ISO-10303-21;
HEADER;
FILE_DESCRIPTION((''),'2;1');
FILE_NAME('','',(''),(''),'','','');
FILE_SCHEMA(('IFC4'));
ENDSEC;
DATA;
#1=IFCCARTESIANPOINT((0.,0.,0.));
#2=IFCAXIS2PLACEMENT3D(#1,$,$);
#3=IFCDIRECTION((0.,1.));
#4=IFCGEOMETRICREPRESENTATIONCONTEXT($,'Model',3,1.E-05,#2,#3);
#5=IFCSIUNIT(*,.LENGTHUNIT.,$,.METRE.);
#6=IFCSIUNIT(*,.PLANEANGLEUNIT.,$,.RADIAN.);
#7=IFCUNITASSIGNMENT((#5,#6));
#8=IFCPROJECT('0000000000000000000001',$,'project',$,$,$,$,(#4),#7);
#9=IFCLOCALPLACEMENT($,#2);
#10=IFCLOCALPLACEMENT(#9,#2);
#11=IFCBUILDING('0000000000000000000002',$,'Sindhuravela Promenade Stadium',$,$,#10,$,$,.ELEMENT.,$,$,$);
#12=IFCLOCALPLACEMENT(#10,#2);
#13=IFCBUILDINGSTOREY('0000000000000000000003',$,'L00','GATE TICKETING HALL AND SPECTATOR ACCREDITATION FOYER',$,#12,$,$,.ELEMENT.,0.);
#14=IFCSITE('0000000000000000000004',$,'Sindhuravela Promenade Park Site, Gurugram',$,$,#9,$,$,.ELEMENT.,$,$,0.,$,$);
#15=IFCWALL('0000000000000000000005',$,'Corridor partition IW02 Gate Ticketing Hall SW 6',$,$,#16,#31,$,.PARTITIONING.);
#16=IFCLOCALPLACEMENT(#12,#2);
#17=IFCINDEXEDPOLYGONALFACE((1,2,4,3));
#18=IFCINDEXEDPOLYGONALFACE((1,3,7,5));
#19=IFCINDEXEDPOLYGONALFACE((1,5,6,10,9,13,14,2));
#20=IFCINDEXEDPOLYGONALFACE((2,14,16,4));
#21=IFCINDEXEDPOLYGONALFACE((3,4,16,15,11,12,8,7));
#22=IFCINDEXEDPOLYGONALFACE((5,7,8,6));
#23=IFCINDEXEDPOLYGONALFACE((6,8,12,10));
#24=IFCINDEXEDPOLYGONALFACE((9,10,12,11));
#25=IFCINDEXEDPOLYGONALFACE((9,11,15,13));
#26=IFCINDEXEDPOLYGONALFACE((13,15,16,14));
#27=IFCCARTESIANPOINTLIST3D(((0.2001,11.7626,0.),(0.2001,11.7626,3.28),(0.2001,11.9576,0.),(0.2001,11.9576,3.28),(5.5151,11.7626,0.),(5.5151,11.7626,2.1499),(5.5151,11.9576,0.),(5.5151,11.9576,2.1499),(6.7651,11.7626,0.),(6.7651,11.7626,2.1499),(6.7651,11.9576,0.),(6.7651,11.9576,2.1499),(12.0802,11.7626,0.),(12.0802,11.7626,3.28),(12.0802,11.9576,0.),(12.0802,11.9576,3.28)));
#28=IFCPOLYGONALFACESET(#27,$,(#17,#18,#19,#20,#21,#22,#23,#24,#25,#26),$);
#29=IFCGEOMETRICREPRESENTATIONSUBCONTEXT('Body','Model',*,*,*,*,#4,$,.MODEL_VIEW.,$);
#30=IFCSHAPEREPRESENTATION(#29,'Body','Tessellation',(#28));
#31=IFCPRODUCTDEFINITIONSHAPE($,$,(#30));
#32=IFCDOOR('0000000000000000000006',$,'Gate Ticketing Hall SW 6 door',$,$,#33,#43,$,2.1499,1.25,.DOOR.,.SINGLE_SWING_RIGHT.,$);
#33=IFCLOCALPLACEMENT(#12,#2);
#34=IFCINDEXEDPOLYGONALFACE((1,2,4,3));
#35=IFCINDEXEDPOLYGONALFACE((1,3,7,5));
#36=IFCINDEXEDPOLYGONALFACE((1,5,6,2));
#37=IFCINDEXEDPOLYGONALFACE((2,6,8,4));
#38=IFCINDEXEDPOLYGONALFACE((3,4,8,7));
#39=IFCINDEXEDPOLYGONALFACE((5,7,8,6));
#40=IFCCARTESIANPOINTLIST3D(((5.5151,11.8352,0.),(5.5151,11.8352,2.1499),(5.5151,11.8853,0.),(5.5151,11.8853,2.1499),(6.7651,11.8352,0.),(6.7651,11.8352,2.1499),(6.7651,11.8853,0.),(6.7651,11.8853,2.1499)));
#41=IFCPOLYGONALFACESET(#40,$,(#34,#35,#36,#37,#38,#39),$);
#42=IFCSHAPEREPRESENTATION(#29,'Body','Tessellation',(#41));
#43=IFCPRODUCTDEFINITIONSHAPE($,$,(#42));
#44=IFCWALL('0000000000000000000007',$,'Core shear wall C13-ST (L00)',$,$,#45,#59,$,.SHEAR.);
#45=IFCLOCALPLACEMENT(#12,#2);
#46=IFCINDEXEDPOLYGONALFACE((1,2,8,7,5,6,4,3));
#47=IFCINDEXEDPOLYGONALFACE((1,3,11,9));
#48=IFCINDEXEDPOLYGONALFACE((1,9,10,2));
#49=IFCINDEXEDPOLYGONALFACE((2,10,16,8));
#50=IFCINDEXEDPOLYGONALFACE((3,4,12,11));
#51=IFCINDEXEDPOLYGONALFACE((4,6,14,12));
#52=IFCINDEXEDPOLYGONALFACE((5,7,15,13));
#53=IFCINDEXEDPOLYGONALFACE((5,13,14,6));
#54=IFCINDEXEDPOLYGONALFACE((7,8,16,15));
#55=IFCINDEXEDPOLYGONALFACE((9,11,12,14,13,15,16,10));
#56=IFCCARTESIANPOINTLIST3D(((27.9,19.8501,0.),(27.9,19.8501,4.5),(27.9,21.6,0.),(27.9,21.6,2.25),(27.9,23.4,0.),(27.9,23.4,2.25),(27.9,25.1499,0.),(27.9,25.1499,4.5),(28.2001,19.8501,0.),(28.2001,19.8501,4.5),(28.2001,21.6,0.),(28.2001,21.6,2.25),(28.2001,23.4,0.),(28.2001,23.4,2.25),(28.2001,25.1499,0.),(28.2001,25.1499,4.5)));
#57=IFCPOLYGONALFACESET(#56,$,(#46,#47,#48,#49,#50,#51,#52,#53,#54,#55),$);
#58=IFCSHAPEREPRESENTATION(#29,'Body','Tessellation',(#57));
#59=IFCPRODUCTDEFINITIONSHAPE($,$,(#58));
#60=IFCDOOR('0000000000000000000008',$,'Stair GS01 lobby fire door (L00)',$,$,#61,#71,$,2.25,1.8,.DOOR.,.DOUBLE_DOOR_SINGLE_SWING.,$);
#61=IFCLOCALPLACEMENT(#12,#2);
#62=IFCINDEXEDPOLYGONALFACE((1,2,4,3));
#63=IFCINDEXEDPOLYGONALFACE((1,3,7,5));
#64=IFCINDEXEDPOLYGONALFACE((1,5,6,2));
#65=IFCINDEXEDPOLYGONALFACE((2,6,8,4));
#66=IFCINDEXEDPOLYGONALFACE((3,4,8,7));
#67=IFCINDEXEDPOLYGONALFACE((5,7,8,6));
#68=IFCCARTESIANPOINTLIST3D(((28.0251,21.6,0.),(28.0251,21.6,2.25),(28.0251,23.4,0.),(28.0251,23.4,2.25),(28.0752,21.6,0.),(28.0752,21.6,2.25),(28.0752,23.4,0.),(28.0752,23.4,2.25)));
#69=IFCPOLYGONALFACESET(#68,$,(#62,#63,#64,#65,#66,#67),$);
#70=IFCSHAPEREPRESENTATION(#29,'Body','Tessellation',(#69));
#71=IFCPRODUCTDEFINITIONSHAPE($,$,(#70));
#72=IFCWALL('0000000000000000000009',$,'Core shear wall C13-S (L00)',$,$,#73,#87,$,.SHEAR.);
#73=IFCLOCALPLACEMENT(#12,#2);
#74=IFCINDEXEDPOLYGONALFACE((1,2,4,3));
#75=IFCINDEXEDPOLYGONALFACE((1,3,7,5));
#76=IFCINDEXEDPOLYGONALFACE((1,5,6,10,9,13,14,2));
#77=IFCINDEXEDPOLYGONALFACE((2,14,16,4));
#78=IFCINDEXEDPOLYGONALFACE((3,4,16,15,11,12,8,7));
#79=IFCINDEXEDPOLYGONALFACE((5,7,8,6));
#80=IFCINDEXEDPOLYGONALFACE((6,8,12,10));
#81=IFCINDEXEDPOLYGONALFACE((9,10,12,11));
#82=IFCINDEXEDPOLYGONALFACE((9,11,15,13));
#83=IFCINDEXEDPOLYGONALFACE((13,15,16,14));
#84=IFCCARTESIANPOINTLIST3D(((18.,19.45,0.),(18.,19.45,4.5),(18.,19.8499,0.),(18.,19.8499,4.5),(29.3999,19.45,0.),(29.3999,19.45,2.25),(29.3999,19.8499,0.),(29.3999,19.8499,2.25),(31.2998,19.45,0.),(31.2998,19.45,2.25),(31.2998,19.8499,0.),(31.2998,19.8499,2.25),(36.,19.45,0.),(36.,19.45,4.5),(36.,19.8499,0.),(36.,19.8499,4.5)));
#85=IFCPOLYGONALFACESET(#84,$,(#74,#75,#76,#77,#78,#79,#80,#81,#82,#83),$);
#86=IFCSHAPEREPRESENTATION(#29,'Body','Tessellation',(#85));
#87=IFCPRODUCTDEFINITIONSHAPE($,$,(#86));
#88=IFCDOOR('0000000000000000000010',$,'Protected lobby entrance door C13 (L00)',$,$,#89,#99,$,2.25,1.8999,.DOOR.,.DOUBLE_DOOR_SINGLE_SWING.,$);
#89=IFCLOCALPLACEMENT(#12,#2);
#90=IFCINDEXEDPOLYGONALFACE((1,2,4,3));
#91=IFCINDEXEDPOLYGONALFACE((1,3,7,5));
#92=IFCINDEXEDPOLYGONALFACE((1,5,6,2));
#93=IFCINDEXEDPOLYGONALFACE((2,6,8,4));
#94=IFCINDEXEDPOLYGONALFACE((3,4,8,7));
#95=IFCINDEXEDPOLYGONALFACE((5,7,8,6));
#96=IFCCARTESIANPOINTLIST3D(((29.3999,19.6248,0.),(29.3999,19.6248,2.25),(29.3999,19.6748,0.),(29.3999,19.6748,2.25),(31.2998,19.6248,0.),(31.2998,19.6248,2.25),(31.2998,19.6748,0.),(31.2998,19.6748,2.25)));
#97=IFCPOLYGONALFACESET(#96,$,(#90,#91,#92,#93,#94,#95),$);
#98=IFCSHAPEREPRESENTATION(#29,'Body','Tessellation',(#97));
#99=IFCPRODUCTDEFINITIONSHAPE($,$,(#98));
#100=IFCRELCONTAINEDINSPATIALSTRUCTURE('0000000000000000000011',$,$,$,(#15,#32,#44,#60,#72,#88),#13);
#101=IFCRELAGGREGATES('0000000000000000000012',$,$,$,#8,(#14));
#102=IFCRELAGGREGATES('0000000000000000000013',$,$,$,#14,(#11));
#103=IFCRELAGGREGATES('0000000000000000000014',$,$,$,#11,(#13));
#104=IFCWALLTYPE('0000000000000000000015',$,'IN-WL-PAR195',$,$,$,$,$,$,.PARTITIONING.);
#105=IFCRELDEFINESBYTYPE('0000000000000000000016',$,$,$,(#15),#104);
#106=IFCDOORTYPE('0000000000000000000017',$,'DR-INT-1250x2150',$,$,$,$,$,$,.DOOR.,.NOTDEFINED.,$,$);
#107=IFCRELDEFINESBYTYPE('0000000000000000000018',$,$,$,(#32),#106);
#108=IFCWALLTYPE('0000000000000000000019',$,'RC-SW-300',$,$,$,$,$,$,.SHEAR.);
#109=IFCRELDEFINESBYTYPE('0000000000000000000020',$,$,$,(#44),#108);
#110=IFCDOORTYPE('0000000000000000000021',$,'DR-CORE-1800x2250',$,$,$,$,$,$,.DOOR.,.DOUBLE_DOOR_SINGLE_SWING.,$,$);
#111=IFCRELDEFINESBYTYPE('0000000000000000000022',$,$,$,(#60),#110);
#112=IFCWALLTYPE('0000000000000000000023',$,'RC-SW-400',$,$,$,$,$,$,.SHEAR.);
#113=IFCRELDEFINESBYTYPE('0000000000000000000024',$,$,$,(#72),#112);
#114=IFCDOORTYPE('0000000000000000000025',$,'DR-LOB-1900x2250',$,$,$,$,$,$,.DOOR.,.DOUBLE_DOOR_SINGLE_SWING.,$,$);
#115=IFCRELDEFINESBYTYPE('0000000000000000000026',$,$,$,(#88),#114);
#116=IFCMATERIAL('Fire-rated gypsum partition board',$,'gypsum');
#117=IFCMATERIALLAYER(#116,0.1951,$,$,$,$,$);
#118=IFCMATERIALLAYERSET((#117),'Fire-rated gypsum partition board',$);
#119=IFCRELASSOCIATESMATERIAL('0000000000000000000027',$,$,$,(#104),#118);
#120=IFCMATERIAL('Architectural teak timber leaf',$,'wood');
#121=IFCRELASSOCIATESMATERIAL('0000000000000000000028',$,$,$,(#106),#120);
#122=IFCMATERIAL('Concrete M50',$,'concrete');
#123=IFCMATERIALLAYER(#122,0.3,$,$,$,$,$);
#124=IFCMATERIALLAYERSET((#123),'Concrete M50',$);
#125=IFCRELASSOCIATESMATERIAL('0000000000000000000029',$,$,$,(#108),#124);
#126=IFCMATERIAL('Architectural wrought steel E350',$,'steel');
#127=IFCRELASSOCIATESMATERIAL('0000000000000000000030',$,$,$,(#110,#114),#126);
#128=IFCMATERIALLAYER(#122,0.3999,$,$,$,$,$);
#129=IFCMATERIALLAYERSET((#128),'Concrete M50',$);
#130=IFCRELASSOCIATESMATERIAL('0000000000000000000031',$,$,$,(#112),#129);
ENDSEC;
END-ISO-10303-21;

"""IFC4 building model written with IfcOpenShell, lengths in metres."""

from ifc_helpers import new_model, si_unit, direction, frame, frame_2d, origin, place, context, subcontext, project, spatial, rectangle, extrude, material, layer, layer_set, type_object, element, fill, save


model = new_model("IFC4")

# Units and contexts
model_context = context("Model", 3, precision=1e-05, world=origin(), true_north=direction((0.0, 1.0)))
body_context = subcontext(model_context, "Body", "Model", "MODEL_VIEW")
ifc_project = project(units=[si_unit("LENGTHUNIT", "METRE"), si_unit("PLANEANGLEUNIT", "RADIAN")], contexts=[model_context])

# Site, building, storey
site_placement = place(None, origin())
site = spatial("IfcSite", under=ifc_project, at=site_placement, Name="Sindhuravela Promenade Park Site, Gurugram", CompositionType="ELEMENT", RefElevation=0.0)
building_placement = place(site_placement, origin())
building = spatial("IfcBuilding", under=site, at=building_placement, Name="Sindhuravela Promenade Stadium", CompositionType="ELEMENT")
storey_placement = place(building_placement, origin())
storey = spatial("IfcBuildingStorey", under=building, at=storey_placement, Name="L00", Description="GATE TICKETING HALL AND SPECTATOR ACCREDITATION FOYER", CompositionType="ELEMENT", Elevation=0.0)

# Shared definitions
ifc_material_1 = material(Name="Concrete M50", Category="concrete")

# Shared definitions
ifc_material_2 = material(Name="Fire-rated gypsum partition board", Category="gypsum")

# Shared definitions
ifc_material_3 = material(Name="Architectural teak timber leaf", Category="wood")

# Walls, openings, doors
ifc_layer_1 = layer(ifc_material_2, 0.1951)
ifc_layer_set_1 = layer_set([ifc_layer_1], Name="Fire-rated gypsum partition board")
wall_type_1 = type_object("IfcWallType", Name="IN-WL-PAR195", PredefinedType="PARTITIONING", material=ifc_layer_set_1)
wall_1_placement = place(storey_placement, frame((12.0801, 11.8601, 0.0), z_axis=(0.0, 0.0, 1.0), x_axis=(-1.0, 0.0, 0.0)))
wall_1 = element("IfcWall", 1, at=wall_1_placement, inside=storey, type_object=wall_type_1, Name="Corridor partition IW02 Gate Ticketing Hall SW 6", PredefinedType="PARTITIONING", context=body_context, shape_type="SweptSolid", body=[
    extrude(rectangle(XDim=11.8801, YDim=0.1951, at=frame_2d((5.9399, 0.0))), origin(), (0.0, 0.0, 1.0), 3.28),
])
opening_1_placement = place(wall_1_placement, frame((5.3149, 0.0, 0.0)))
opening_1 = element("IfcOpeningElement", 2, at=opening_1_placement, cuts=wall_1, PredefinedType="OPENING", context=body_context, shape_type="SweptSolid", body=[
    extrude(rectangle(XDim=1.25, YDim=2.1499, at=frame_2d((0.625, 1.075))), frame((0.0, 0.1074, 0.0), z_axis=(0.0, -1.0, 0.0), x_axis=(1.0, 0.0, 0.0)), (0.0, 0.0, 1.0), 0.2151),
])
door_type_1 = type_object("IfcDoorType", Name="DR-INT-1250x2150", OperationType="NOTDEFINED", PredefinedType="DOOR", material=ifc_material_3)
door_1_placement = place(opening_1_placement, origin())
door_1 = element("IfcDoor", 3, at=door_1_placement, inside=storey, type_object=door_type_1, Name="Gate Ticketing Hall SW 6 door", OperationType="SINGLE_SWING_RIGHT", OverallHeight=2.1499, OverallWidth=1.25, PredefinedType="DOOR", context=body_context, shape_type="SweptSolid", body=[
    extrude(rectangle(XDim=1.25, YDim=2.1499, at=frame_2d((0.625, 1.075))), frame((0.0, 0.0249, 0.0), z_axis=(0.0, -1.0, 0.0), x_axis=(1.0, 0.0, 0.0)), (0.0, 0.0, 1.0), 0.05),
])
fill(opening_1, door_1)
ifc_layer_2 = layer(ifc_material_1, 0.3)
ifc_layer_set_2 = layer_set([ifc_layer_2], Name="Concrete M50")
wall_type_2 = type_object("IfcWallType", Name="RC-SW-300", PredefinedType="SHEAR", material=ifc_layer_set_2)
wall_2_placement = place(storey_placement, frame((28.05, 19.8501, 0.0), z_axis=(0.0, 0.0, 1.0), x_axis=(0.0, 1.0, 0.0)))
wall_2 = element("IfcWall", 4, at=wall_2_placement, inside=storey, type_object=wall_type_2, Name="Core shear wall C13-ST (L00)", PredefinedType="SHEAR", context=body_context, shape_type="SweptSolid", body=[
    extrude(rectangle(XDim=5.2998, YDim=0.3, at=frame_2d((2.6499, 0.0))), origin(), (0.0, 0.0, 1.0), 4.5),
])
opening_2_placement = place(wall_2_placement, frame((1.75, 0.0, 0.0)))
opening_2 = element("IfcOpeningElement", 5, at=opening_2_placement, cuts=wall_2, PredefinedType="OPENING", context=body_context, shape_type="SweptSolid", body=[
    extrude(rectangle(XDim=1.8, YDim=2.25, at=frame_2d((0.8999, 1.125))), frame((0.0, 0.1599, 0.0), z_axis=(0.0, -1.0, 0.0), x_axis=(1.0, 0.0, 0.0)), (0.0, 0.0, 1.0), 0.3201),
])
ifc_material_4 = material(Name="Architectural wrought steel E350", Category="steel")
door_type_2 = type_object("IfcDoorType", Name="DR-CORE-1800x2250", OperationType="DOUBLE_DOOR_SINGLE_SWING", PredefinedType="DOOR", material=ifc_material_4)
door_2_placement = place(opening_2_placement, origin())
door_2 = element("IfcDoor", 6, at=door_2_placement, inside=storey, type_object=door_type_2, Name="Stair GS01 lobby fire door (L00)", OperationType="DOUBLE_DOOR_SINGLE_SWING", OverallHeight=2.25, OverallWidth=1.8, PredefinedType="DOOR", context=body_context, shape_type="SweptSolid", body=[
    extrude(rectangle(XDim=1.8, YDim=2.25, at=frame_2d((0.8999, 1.125))), frame((0.0, 0.0249, 0.0), z_axis=(0.0, -1.0, 0.0), x_axis=(1.0, 0.0, 0.0)), (0.0, 0.0, 1.0), 0.05),
])
fill(opening_2, door_2)
ifc_layer_3 = layer(ifc_material_1, 0.3999)
ifc_layer_set_3 = layer_set([ifc_layer_3], Name="Concrete M50")
wall_type_3 = type_object("IfcWallType", Name="RC-SW-400", PredefinedType="SHEAR", material=ifc_layer_set_3)
wall_3_placement = place(storey_placement, frame((18.0, 19.6499, 0.0), z_axis=(0.0, 0.0, 1.0), x_axis=(1.0, 0.0, 0.0)))
wall_3 = element("IfcWall", 7, at=wall_3_placement, inside=storey, type_object=wall_type_3, Name="Core shear wall C13-S (L00)", PredefinedType="SHEAR", context=body_context, shape_type="SweptSolid", body=[
    extrude(rectangle(XDim=18.0, YDim=0.3999, at=frame_2d((9.0, 0.0))), origin(), (0.0, 0.0, 1.0), 4.5),
])
opening_3_placement = place(wall_3_placement, frame((11.3999, 0.0, 0.0)))
opening_3 = element("IfcOpeningElement", 8, at=opening_3_placement, cuts=wall_3, PredefinedType="OPENING", context=body_context, shape_type="SweptSolid", body=[
    extrude(rectangle(XDim=1.8999, YDim=2.25, at=frame_2d((0.95, 1.125))), frame((0.0, 0.21, 0.0), z_axis=(0.0, -1.0, 0.0), x_axis=(1.0, 0.0, 0.0)), (0.0, 0.0, 1.0), 0.4199),
])
door_type_3 = type_object("IfcDoorType", Name="DR-LOB-1900x2250", OperationType="DOUBLE_DOOR_SINGLE_SWING", PredefinedType="DOOR", material=ifc_material_4)
door_3_placement = place(opening_3_placement, origin())
door_3 = element("IfcDoor", 9, at=door_3_placement, inside=storey, type_object=door_type_3, Name="Protected lobby entrance door C13 (L00)", OperationType="DOUBLE_DOOR_SINGLE_SWING", OverallHeight=2.25, OverallWidth=1.8999, PredefinedType="DOOR", context=body_context, shape_type="SweptSolid", body=[
    extrude(rectangle(XDim=1.8999, YDim=2.25, at=frame_2d((0.95, 1.125))), frame((0.0, 0.0249, 0.0), z_axis=(0.0, -1.0, 0.0), x_axis=(1.0, 0.0, 0.0)), (0.0, 0.0, 1.0), 0.05),
])
fill(opening_3, door_3)

save(model, "model.ifc")
